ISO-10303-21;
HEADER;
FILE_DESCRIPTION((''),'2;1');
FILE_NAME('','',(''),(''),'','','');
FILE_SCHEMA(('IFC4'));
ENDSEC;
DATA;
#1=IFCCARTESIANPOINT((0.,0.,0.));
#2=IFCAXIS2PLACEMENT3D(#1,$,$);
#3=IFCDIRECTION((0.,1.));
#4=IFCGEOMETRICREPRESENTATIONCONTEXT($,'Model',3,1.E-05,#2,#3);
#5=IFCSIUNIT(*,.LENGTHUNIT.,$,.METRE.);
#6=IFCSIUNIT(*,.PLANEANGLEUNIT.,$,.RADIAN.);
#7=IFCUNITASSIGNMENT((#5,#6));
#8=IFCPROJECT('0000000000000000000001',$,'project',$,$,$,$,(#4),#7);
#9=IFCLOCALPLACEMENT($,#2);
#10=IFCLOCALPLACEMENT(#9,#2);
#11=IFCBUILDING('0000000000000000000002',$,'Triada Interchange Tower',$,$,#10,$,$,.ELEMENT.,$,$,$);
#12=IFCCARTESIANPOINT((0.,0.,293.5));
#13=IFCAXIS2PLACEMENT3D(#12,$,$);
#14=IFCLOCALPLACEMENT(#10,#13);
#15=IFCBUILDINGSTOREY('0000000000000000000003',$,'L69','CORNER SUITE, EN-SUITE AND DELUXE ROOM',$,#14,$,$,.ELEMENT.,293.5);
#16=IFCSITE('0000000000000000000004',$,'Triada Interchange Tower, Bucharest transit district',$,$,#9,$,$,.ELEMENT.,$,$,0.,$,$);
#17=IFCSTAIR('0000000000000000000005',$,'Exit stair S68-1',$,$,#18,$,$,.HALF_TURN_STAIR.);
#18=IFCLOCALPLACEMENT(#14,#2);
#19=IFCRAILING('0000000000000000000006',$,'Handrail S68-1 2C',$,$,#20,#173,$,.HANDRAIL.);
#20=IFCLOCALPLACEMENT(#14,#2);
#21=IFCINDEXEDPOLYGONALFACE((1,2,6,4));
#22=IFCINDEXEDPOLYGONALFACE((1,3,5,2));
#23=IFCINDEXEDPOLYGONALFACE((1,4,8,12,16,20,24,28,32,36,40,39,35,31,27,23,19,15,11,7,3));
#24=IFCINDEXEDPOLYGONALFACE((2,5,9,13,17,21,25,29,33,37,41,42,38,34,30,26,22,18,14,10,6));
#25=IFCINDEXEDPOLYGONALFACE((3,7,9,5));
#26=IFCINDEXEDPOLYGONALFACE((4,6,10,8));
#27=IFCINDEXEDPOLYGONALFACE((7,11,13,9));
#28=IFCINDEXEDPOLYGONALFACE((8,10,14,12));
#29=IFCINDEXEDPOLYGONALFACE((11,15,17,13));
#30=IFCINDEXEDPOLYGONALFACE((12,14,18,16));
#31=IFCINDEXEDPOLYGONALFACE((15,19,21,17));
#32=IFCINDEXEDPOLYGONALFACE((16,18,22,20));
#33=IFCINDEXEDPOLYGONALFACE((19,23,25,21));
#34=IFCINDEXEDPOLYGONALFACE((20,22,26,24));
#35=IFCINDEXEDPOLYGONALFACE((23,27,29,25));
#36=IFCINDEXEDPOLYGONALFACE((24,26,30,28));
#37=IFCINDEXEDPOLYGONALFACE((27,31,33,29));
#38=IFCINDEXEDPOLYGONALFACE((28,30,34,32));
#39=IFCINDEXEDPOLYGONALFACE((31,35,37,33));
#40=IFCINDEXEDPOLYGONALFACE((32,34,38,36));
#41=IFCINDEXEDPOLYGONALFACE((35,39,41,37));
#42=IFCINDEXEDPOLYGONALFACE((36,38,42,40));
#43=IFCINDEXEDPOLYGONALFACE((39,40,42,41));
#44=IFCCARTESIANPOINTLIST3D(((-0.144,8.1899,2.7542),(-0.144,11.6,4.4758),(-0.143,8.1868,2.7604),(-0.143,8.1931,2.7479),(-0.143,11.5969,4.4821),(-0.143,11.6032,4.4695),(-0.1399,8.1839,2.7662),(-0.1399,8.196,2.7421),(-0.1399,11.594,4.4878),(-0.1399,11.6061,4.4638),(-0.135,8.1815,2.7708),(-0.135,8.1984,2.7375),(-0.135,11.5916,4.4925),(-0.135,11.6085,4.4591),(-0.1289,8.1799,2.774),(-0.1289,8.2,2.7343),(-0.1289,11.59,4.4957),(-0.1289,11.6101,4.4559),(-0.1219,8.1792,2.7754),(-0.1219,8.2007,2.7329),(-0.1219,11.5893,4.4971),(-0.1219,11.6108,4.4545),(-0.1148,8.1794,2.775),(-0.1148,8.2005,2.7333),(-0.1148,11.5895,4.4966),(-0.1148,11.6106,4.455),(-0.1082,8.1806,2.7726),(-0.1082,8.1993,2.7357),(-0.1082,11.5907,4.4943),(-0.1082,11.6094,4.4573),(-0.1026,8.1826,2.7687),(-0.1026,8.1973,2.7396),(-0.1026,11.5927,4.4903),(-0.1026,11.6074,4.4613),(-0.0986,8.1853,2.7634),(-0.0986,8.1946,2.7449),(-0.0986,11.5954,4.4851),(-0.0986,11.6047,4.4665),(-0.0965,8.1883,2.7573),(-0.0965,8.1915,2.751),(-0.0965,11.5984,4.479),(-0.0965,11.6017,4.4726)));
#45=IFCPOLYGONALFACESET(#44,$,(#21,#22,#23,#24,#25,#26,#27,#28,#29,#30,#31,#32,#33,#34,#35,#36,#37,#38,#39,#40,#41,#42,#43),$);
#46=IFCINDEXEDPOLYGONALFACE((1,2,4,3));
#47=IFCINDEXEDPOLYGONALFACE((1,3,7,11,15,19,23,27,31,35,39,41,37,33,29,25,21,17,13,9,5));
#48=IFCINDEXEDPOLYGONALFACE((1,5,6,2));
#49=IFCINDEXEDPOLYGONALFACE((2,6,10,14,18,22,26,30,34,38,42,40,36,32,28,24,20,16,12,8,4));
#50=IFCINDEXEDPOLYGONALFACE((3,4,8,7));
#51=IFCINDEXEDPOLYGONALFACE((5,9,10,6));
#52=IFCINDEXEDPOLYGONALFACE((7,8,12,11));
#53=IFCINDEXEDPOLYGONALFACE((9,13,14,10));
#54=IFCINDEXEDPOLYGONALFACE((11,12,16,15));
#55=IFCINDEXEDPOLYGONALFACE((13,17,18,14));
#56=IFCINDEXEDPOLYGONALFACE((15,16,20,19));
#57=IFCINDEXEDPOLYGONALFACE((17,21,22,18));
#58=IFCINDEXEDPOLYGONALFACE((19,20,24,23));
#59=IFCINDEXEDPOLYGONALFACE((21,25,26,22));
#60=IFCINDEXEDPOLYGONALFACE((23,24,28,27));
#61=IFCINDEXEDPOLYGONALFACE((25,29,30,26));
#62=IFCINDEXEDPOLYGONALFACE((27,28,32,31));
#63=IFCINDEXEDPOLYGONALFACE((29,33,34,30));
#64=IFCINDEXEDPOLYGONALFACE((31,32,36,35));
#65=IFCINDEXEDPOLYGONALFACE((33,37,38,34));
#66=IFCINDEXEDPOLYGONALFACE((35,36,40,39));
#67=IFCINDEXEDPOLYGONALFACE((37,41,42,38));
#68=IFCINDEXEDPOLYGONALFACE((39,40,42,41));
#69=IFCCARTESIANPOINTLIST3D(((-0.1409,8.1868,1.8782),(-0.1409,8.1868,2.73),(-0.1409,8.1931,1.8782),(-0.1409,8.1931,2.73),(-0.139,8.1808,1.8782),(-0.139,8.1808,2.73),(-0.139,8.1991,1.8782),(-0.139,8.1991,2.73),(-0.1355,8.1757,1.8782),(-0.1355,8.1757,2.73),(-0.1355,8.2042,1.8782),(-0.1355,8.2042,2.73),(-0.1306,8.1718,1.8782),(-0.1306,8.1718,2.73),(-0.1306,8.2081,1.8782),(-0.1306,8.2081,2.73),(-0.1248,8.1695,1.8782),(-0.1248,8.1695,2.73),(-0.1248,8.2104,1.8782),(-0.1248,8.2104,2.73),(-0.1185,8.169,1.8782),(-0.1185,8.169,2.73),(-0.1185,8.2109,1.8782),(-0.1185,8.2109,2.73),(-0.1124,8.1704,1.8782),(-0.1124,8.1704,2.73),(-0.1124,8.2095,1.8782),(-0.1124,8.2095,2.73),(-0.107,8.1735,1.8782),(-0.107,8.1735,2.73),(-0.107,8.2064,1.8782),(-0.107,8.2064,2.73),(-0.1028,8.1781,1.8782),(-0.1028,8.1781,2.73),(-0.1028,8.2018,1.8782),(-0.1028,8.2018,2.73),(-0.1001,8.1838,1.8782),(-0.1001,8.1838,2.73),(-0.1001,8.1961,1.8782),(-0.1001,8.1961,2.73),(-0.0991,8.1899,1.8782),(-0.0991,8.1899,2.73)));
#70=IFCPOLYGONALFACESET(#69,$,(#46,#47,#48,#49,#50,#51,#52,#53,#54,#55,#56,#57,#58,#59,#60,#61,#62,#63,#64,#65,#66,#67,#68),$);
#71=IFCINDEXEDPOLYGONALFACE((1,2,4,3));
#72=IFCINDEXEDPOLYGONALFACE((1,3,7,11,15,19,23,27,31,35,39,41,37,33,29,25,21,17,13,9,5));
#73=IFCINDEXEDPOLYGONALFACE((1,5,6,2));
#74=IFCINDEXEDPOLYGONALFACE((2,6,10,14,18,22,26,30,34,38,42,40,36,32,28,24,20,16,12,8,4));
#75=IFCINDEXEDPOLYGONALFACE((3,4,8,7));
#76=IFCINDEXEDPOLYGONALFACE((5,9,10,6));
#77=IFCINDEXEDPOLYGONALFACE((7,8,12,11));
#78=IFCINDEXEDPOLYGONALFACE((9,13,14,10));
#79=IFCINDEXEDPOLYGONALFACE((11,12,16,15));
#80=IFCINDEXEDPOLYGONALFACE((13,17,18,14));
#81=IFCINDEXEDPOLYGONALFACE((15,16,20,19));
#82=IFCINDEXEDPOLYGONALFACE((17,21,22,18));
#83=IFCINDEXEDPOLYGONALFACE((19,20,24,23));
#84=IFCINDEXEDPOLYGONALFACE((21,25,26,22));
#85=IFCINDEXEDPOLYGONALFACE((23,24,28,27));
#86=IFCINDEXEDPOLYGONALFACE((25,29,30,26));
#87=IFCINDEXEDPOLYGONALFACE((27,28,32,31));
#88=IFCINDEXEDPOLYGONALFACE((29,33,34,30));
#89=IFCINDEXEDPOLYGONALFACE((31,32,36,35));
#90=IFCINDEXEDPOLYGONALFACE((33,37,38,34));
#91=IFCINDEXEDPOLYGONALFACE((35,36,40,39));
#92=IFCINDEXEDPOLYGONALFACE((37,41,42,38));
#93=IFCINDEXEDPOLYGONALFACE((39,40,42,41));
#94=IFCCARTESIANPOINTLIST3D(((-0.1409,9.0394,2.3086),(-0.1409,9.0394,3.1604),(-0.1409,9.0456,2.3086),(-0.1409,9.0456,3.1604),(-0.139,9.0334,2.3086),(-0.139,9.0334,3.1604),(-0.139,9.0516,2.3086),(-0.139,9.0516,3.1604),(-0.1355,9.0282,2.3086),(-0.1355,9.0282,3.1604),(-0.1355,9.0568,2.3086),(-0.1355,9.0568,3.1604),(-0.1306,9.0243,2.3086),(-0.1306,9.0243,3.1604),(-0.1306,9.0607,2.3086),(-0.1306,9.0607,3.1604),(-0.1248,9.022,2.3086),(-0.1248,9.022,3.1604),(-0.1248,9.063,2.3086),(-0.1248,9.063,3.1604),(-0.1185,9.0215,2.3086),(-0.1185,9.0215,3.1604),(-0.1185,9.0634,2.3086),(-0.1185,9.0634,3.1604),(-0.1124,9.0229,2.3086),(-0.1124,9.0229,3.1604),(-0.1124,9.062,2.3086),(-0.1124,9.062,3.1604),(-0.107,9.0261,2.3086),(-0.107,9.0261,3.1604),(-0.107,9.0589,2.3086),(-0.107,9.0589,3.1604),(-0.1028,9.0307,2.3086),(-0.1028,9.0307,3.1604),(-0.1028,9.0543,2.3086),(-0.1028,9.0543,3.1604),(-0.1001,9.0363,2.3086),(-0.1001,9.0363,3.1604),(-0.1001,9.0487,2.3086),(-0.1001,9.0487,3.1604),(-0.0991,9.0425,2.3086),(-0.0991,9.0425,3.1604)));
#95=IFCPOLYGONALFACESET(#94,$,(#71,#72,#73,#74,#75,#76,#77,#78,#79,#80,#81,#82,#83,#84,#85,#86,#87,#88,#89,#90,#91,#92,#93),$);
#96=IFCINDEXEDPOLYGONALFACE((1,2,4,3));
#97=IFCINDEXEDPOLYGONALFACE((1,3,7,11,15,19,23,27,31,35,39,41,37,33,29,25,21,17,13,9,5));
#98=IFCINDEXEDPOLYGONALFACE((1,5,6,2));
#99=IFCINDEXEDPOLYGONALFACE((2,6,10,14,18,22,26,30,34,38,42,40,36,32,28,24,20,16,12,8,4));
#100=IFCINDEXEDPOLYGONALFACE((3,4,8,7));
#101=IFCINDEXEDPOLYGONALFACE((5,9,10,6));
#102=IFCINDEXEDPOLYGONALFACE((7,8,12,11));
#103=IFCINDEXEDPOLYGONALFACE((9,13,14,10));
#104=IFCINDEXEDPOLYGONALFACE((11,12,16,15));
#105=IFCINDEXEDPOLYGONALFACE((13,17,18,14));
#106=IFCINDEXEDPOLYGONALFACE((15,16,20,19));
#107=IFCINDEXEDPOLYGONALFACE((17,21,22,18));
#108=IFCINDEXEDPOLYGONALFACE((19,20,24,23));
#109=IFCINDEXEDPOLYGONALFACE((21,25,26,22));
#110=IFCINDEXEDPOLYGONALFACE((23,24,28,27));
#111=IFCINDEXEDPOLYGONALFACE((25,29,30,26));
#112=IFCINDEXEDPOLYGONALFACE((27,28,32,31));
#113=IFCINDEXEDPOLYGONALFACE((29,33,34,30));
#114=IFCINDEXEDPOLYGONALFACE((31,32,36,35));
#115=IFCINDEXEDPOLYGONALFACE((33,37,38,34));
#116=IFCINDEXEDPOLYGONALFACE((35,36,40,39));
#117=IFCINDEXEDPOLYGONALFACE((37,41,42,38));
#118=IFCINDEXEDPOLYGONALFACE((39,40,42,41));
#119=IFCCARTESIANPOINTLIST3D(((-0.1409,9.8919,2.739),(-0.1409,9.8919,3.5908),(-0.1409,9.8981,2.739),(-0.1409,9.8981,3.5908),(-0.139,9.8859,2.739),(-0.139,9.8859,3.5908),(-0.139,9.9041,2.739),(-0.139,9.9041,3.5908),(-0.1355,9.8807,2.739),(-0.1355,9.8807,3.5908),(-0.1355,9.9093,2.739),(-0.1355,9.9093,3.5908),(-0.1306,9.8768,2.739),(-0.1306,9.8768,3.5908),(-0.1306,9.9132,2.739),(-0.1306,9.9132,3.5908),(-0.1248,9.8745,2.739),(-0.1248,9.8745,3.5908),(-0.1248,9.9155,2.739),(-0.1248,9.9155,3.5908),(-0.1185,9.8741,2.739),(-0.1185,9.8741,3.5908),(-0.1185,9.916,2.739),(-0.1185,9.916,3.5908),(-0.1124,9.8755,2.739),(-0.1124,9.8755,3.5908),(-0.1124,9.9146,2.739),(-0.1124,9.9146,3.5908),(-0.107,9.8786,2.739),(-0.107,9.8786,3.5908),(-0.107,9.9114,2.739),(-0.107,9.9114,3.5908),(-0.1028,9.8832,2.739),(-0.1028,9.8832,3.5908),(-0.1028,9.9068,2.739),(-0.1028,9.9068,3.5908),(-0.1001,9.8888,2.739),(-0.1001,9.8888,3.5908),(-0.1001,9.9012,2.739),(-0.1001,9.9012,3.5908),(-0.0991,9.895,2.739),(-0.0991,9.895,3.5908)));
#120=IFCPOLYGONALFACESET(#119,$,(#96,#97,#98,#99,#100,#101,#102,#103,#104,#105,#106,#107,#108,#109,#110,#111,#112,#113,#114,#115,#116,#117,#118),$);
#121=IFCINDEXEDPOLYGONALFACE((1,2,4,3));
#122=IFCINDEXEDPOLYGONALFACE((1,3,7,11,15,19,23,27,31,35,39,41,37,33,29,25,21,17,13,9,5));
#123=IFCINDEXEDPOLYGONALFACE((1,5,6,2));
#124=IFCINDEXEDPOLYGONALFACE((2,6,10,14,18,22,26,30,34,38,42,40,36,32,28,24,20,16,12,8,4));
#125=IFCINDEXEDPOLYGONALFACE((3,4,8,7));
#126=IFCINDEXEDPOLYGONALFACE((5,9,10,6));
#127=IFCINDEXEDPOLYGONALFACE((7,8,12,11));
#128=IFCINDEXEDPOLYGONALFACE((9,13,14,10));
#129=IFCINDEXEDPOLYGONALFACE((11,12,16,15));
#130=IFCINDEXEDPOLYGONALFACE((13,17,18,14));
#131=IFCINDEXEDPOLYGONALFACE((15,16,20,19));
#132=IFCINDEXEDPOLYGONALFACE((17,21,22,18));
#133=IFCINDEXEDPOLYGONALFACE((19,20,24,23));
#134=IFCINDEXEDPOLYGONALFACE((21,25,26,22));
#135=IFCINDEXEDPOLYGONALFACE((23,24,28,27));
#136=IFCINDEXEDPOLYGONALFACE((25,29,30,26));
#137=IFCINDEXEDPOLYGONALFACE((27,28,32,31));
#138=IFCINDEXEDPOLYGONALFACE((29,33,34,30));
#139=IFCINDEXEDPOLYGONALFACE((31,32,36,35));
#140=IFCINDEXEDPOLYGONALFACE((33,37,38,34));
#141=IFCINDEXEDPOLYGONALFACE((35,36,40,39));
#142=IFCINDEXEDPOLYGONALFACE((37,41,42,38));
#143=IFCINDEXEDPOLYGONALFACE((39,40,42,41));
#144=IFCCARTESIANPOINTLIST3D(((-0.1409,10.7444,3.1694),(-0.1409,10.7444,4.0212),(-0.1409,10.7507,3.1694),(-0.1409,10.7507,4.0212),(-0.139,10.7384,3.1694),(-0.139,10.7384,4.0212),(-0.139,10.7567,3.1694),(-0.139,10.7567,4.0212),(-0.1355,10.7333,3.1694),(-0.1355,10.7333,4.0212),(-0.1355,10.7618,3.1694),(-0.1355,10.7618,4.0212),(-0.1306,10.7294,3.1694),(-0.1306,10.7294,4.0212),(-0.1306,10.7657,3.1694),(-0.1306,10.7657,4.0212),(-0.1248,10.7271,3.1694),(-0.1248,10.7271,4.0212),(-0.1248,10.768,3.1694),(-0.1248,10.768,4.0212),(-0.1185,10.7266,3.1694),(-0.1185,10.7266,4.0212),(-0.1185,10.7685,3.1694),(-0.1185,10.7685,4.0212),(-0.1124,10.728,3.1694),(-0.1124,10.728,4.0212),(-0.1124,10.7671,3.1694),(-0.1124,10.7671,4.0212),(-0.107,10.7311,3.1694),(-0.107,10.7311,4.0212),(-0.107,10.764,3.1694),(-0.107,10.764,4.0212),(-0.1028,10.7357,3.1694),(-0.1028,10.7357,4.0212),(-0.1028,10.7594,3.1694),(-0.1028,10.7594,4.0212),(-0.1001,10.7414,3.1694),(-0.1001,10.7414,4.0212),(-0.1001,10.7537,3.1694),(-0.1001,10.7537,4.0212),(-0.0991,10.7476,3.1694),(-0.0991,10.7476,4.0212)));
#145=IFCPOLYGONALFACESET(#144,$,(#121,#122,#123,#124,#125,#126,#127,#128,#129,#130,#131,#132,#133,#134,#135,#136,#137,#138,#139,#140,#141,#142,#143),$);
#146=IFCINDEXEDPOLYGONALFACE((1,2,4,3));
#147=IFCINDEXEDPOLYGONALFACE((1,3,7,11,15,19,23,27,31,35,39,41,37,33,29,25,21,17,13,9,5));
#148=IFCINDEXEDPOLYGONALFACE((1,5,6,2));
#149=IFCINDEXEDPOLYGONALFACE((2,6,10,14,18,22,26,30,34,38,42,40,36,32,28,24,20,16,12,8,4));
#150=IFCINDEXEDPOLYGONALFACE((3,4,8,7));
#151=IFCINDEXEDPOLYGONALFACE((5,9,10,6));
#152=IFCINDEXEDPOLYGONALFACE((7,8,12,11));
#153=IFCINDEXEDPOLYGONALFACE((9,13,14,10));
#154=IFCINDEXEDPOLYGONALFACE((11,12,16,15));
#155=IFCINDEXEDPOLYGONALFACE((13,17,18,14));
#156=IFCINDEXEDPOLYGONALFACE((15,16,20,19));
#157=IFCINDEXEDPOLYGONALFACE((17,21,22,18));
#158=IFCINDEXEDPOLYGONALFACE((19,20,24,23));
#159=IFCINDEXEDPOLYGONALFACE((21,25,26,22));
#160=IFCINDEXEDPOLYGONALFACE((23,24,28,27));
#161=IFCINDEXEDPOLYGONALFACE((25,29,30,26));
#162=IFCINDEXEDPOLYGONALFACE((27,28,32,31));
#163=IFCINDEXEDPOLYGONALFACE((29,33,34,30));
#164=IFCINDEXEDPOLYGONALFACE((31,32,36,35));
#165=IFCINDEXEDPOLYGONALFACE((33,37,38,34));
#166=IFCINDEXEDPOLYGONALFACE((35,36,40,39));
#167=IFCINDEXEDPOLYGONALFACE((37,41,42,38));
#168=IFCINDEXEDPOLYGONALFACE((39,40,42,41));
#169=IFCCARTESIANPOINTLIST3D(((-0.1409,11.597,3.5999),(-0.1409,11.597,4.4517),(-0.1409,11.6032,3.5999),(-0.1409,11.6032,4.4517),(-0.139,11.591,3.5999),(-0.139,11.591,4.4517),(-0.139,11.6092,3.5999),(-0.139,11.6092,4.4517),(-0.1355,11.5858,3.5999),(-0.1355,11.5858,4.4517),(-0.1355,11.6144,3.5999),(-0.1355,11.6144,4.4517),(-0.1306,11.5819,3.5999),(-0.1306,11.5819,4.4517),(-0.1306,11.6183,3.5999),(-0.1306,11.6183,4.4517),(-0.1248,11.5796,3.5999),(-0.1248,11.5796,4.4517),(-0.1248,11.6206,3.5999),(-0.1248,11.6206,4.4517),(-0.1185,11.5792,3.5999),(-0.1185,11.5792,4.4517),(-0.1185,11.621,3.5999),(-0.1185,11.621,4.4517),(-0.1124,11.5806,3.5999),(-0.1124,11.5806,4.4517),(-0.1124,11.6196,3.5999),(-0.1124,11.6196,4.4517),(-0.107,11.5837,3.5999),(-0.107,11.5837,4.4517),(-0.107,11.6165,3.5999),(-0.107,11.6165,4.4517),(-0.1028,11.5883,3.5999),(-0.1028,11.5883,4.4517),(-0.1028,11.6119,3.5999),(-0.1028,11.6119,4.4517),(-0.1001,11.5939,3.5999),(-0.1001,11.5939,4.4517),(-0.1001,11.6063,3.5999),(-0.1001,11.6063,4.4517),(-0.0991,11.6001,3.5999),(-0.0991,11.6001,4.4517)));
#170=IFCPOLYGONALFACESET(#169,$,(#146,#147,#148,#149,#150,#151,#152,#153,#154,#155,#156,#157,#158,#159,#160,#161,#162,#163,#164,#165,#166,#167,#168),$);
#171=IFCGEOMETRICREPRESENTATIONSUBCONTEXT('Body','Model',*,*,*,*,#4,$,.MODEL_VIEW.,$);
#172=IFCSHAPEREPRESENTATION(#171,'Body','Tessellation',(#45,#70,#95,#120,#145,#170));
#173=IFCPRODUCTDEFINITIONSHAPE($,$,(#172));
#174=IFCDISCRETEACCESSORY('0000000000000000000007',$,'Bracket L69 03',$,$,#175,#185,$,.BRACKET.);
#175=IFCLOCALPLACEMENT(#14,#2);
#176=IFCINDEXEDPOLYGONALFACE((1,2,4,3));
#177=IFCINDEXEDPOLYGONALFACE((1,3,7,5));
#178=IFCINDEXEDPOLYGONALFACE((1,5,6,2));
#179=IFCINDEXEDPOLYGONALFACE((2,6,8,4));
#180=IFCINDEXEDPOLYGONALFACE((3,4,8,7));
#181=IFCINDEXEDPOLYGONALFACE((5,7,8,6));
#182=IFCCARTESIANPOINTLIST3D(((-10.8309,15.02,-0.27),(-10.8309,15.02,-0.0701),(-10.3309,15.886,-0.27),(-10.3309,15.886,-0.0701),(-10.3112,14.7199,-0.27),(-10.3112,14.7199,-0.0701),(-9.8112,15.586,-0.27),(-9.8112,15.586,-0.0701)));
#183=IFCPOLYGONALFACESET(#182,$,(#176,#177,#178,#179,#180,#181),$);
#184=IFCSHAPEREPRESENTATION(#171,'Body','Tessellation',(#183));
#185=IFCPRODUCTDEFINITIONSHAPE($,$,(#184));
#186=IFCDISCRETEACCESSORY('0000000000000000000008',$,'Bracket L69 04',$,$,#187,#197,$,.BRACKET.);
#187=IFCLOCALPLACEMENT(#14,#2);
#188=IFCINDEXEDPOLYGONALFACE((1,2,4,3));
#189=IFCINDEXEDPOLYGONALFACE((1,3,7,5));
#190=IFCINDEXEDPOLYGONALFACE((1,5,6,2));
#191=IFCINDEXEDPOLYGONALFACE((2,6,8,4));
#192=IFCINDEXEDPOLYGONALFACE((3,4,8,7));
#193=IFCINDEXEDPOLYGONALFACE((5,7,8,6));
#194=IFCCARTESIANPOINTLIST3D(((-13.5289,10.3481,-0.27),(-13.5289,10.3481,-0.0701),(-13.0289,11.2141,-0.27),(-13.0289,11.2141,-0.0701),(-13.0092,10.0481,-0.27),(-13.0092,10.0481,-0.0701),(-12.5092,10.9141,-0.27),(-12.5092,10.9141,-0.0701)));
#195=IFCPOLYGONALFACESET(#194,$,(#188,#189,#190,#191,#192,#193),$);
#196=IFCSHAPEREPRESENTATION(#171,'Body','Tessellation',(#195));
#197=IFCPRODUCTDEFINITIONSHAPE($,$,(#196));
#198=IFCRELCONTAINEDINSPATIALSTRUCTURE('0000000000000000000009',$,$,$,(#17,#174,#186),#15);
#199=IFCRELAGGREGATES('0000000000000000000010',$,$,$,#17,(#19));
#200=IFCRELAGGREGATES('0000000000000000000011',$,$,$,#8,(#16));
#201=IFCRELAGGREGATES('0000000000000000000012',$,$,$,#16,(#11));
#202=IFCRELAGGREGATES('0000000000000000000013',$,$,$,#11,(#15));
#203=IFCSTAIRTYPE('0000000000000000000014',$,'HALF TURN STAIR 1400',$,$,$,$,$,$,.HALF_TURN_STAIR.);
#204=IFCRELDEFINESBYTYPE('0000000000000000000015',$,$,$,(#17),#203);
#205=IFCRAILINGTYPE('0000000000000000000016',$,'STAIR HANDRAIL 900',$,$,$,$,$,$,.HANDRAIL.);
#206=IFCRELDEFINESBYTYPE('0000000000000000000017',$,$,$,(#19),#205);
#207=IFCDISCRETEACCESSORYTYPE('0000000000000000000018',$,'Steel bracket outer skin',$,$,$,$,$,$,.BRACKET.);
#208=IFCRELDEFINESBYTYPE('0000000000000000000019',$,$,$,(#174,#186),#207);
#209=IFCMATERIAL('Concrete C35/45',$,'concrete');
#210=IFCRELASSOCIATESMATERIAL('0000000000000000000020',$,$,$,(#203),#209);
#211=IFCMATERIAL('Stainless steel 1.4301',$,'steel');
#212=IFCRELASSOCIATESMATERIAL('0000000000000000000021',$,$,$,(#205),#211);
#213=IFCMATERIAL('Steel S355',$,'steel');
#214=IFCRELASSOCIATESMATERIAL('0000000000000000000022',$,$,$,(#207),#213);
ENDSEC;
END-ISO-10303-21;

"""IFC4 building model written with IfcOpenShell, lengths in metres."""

from ifc_helpers import new_model, si_unit, direction, frame, origin, origin_2d, place, context, subcontext, project, spatial, rectangle, circle, extrude, material, type_object, element, aggregate, save


model = new_model("IFC4")

# Units and contexts
model_context = context("Model", 3, precision=1e-05, world=origin(), true_north=direction((0.0, 1.0)))
body_context = subcontext(model_context, "Body", "Model", "MODEL_VIEW")
ifc_project = project(units=[si_unit("LENGTHUNIT", "METRE"), si_unit("PLANEANGLEUNIT", "RADIAN")], contexts=[model_context])

# Site, building, storey
site_placement = place(None, origin())
site = spatial("IfcSite", under=ifc_project, at=site_placement, Name="Triada Interchange Tower, Bucharest transit district", CompositionType="ELEMENT", RefElevation=0.0)
building_placement = place(site_placement, origin())
building = spatial("IfcBuilding", under=site, at=building_placement, Name="Triada Interchange Tower", CompositionType="ELEMENT")
storey_placement = place(building_placement, frame((0.0, 0.0, 293.5)))
storey = spatial("IfcBuildingStorey", under=building, at=storey_placement, Name="L69", Description="CORNER SUITE, EN-SUITE AND DELUXE ROOM", CompositionType="ELEMENT", Elevation=293.5)

# Stair
ifc_material_1 = material(Name="Concrete C35/45", Category="concrete")
stair_type = type_object("IfcStairType", Name="HALF TURN STAIR 1400", PredefinedType="HALF_TURN_STAIR", material=ifc_material_1)
stair_placement = place(storey_placement, origin())
stair = element("IfcStair", 1, at=stair_placement, inside=storey, type_object=stair_type, Name="Exit stair S68-1", PredefinedType="HALF_TURN_STAIR")

# Railing
ifc_material_2 = material(Name="Stainless steel 1.4301", Category="steel")
railing_type = type_object("IfcRailingType", Name="STAIR HANDRAIL 900", PredefinedType="HANDRAIL", material=ifc_material_2)
railing_1_placement = place(storey_placement, frame((-0.1201, 8.1899, 1.8782)))
railing_1 = element("IfcRailing", 2, at=railing_1_placement, type_object=railing_type, Name="Handrail S68-1 2C", PredefinedType="HANDRAIL", context=body_context, shape_type="SweptSolid", body=[
    extrude(circle(Radius=0.0239, at=origin_2d()), frame((0.0, 0.0, 0.876), z_axis=(0.0, 0.892682, 0.450687), x_axis=(-1.0, 0.0, 0.0)), (0.0, 0.0, 1.0), 3.8201),
    extrude(circle(Radius=0.021, at=origin_2d()), origin(), (0.0, 0.0, 1.0), 0.8518),
    extrude(circle(Radius=0.021, at=origin_2d()), frame((0.0, 0.8525, 0.4304)), (0.0, 0.0, 1.0), 0.8518),
    extrude(circle(Radius=0.021, at=origin_2d()), frame((0.0, 1.7051, 0.8608)), (0.0, 0.0, 1.0), 0.8518),
    extrude(circle(Radius=0.021, at=origin_2d()), frame((0.0, 2.5576, 1.2913)), (0.0, 0.0, 1.0), 0.8518),
    extrude(circle(Radius=0.021, at=origin_2d()), frame((0.0, 3.4102, 1.7217)), (0.0, 0.0, 1.0), 0.8518),
])
aggregate(stair, [railing_1])

# Discrete accessories
ifc_material_3 = material(Name="Steel S355", Category="steel")
discrete_accessory_type = type_object("IfcDiscreteAccessoryType", Name="Steel bracket outer skin", PredefinedType="BRACKET", material=ifc_material_3)
for number, where, z_axis, x_axis, name in (
    (3, (-10.321, 15.303, -0.27), (0.0, 0.0, 1.0), (-0.866023, 0.500004, 0.0), "Bracket L69 03"),
    (4, (-13.019, 10.6311, -0.27), (0.0, 0.0, 1.0), (-0.866023, 0.500004, 0.0), "Bracket L69 04"),
):
    element("IfcDiscreteAccessory", number, at=place(storey_placement, frame(where, z_axis=z_axis, x_axis=x_axis)), inside=storey, type_object=discrete_accessory_type, Name=name, PredefinedType="BRACKET", context=body_context, shape_type="SweptSolid", body=[
        extrude(rectangle(XDim=0.6001, YDim=1.0, at=origin_2d()), origin(), (0.0, 0.0, 1.0), 0.2),
    ])

save(model, "model.ifc")
